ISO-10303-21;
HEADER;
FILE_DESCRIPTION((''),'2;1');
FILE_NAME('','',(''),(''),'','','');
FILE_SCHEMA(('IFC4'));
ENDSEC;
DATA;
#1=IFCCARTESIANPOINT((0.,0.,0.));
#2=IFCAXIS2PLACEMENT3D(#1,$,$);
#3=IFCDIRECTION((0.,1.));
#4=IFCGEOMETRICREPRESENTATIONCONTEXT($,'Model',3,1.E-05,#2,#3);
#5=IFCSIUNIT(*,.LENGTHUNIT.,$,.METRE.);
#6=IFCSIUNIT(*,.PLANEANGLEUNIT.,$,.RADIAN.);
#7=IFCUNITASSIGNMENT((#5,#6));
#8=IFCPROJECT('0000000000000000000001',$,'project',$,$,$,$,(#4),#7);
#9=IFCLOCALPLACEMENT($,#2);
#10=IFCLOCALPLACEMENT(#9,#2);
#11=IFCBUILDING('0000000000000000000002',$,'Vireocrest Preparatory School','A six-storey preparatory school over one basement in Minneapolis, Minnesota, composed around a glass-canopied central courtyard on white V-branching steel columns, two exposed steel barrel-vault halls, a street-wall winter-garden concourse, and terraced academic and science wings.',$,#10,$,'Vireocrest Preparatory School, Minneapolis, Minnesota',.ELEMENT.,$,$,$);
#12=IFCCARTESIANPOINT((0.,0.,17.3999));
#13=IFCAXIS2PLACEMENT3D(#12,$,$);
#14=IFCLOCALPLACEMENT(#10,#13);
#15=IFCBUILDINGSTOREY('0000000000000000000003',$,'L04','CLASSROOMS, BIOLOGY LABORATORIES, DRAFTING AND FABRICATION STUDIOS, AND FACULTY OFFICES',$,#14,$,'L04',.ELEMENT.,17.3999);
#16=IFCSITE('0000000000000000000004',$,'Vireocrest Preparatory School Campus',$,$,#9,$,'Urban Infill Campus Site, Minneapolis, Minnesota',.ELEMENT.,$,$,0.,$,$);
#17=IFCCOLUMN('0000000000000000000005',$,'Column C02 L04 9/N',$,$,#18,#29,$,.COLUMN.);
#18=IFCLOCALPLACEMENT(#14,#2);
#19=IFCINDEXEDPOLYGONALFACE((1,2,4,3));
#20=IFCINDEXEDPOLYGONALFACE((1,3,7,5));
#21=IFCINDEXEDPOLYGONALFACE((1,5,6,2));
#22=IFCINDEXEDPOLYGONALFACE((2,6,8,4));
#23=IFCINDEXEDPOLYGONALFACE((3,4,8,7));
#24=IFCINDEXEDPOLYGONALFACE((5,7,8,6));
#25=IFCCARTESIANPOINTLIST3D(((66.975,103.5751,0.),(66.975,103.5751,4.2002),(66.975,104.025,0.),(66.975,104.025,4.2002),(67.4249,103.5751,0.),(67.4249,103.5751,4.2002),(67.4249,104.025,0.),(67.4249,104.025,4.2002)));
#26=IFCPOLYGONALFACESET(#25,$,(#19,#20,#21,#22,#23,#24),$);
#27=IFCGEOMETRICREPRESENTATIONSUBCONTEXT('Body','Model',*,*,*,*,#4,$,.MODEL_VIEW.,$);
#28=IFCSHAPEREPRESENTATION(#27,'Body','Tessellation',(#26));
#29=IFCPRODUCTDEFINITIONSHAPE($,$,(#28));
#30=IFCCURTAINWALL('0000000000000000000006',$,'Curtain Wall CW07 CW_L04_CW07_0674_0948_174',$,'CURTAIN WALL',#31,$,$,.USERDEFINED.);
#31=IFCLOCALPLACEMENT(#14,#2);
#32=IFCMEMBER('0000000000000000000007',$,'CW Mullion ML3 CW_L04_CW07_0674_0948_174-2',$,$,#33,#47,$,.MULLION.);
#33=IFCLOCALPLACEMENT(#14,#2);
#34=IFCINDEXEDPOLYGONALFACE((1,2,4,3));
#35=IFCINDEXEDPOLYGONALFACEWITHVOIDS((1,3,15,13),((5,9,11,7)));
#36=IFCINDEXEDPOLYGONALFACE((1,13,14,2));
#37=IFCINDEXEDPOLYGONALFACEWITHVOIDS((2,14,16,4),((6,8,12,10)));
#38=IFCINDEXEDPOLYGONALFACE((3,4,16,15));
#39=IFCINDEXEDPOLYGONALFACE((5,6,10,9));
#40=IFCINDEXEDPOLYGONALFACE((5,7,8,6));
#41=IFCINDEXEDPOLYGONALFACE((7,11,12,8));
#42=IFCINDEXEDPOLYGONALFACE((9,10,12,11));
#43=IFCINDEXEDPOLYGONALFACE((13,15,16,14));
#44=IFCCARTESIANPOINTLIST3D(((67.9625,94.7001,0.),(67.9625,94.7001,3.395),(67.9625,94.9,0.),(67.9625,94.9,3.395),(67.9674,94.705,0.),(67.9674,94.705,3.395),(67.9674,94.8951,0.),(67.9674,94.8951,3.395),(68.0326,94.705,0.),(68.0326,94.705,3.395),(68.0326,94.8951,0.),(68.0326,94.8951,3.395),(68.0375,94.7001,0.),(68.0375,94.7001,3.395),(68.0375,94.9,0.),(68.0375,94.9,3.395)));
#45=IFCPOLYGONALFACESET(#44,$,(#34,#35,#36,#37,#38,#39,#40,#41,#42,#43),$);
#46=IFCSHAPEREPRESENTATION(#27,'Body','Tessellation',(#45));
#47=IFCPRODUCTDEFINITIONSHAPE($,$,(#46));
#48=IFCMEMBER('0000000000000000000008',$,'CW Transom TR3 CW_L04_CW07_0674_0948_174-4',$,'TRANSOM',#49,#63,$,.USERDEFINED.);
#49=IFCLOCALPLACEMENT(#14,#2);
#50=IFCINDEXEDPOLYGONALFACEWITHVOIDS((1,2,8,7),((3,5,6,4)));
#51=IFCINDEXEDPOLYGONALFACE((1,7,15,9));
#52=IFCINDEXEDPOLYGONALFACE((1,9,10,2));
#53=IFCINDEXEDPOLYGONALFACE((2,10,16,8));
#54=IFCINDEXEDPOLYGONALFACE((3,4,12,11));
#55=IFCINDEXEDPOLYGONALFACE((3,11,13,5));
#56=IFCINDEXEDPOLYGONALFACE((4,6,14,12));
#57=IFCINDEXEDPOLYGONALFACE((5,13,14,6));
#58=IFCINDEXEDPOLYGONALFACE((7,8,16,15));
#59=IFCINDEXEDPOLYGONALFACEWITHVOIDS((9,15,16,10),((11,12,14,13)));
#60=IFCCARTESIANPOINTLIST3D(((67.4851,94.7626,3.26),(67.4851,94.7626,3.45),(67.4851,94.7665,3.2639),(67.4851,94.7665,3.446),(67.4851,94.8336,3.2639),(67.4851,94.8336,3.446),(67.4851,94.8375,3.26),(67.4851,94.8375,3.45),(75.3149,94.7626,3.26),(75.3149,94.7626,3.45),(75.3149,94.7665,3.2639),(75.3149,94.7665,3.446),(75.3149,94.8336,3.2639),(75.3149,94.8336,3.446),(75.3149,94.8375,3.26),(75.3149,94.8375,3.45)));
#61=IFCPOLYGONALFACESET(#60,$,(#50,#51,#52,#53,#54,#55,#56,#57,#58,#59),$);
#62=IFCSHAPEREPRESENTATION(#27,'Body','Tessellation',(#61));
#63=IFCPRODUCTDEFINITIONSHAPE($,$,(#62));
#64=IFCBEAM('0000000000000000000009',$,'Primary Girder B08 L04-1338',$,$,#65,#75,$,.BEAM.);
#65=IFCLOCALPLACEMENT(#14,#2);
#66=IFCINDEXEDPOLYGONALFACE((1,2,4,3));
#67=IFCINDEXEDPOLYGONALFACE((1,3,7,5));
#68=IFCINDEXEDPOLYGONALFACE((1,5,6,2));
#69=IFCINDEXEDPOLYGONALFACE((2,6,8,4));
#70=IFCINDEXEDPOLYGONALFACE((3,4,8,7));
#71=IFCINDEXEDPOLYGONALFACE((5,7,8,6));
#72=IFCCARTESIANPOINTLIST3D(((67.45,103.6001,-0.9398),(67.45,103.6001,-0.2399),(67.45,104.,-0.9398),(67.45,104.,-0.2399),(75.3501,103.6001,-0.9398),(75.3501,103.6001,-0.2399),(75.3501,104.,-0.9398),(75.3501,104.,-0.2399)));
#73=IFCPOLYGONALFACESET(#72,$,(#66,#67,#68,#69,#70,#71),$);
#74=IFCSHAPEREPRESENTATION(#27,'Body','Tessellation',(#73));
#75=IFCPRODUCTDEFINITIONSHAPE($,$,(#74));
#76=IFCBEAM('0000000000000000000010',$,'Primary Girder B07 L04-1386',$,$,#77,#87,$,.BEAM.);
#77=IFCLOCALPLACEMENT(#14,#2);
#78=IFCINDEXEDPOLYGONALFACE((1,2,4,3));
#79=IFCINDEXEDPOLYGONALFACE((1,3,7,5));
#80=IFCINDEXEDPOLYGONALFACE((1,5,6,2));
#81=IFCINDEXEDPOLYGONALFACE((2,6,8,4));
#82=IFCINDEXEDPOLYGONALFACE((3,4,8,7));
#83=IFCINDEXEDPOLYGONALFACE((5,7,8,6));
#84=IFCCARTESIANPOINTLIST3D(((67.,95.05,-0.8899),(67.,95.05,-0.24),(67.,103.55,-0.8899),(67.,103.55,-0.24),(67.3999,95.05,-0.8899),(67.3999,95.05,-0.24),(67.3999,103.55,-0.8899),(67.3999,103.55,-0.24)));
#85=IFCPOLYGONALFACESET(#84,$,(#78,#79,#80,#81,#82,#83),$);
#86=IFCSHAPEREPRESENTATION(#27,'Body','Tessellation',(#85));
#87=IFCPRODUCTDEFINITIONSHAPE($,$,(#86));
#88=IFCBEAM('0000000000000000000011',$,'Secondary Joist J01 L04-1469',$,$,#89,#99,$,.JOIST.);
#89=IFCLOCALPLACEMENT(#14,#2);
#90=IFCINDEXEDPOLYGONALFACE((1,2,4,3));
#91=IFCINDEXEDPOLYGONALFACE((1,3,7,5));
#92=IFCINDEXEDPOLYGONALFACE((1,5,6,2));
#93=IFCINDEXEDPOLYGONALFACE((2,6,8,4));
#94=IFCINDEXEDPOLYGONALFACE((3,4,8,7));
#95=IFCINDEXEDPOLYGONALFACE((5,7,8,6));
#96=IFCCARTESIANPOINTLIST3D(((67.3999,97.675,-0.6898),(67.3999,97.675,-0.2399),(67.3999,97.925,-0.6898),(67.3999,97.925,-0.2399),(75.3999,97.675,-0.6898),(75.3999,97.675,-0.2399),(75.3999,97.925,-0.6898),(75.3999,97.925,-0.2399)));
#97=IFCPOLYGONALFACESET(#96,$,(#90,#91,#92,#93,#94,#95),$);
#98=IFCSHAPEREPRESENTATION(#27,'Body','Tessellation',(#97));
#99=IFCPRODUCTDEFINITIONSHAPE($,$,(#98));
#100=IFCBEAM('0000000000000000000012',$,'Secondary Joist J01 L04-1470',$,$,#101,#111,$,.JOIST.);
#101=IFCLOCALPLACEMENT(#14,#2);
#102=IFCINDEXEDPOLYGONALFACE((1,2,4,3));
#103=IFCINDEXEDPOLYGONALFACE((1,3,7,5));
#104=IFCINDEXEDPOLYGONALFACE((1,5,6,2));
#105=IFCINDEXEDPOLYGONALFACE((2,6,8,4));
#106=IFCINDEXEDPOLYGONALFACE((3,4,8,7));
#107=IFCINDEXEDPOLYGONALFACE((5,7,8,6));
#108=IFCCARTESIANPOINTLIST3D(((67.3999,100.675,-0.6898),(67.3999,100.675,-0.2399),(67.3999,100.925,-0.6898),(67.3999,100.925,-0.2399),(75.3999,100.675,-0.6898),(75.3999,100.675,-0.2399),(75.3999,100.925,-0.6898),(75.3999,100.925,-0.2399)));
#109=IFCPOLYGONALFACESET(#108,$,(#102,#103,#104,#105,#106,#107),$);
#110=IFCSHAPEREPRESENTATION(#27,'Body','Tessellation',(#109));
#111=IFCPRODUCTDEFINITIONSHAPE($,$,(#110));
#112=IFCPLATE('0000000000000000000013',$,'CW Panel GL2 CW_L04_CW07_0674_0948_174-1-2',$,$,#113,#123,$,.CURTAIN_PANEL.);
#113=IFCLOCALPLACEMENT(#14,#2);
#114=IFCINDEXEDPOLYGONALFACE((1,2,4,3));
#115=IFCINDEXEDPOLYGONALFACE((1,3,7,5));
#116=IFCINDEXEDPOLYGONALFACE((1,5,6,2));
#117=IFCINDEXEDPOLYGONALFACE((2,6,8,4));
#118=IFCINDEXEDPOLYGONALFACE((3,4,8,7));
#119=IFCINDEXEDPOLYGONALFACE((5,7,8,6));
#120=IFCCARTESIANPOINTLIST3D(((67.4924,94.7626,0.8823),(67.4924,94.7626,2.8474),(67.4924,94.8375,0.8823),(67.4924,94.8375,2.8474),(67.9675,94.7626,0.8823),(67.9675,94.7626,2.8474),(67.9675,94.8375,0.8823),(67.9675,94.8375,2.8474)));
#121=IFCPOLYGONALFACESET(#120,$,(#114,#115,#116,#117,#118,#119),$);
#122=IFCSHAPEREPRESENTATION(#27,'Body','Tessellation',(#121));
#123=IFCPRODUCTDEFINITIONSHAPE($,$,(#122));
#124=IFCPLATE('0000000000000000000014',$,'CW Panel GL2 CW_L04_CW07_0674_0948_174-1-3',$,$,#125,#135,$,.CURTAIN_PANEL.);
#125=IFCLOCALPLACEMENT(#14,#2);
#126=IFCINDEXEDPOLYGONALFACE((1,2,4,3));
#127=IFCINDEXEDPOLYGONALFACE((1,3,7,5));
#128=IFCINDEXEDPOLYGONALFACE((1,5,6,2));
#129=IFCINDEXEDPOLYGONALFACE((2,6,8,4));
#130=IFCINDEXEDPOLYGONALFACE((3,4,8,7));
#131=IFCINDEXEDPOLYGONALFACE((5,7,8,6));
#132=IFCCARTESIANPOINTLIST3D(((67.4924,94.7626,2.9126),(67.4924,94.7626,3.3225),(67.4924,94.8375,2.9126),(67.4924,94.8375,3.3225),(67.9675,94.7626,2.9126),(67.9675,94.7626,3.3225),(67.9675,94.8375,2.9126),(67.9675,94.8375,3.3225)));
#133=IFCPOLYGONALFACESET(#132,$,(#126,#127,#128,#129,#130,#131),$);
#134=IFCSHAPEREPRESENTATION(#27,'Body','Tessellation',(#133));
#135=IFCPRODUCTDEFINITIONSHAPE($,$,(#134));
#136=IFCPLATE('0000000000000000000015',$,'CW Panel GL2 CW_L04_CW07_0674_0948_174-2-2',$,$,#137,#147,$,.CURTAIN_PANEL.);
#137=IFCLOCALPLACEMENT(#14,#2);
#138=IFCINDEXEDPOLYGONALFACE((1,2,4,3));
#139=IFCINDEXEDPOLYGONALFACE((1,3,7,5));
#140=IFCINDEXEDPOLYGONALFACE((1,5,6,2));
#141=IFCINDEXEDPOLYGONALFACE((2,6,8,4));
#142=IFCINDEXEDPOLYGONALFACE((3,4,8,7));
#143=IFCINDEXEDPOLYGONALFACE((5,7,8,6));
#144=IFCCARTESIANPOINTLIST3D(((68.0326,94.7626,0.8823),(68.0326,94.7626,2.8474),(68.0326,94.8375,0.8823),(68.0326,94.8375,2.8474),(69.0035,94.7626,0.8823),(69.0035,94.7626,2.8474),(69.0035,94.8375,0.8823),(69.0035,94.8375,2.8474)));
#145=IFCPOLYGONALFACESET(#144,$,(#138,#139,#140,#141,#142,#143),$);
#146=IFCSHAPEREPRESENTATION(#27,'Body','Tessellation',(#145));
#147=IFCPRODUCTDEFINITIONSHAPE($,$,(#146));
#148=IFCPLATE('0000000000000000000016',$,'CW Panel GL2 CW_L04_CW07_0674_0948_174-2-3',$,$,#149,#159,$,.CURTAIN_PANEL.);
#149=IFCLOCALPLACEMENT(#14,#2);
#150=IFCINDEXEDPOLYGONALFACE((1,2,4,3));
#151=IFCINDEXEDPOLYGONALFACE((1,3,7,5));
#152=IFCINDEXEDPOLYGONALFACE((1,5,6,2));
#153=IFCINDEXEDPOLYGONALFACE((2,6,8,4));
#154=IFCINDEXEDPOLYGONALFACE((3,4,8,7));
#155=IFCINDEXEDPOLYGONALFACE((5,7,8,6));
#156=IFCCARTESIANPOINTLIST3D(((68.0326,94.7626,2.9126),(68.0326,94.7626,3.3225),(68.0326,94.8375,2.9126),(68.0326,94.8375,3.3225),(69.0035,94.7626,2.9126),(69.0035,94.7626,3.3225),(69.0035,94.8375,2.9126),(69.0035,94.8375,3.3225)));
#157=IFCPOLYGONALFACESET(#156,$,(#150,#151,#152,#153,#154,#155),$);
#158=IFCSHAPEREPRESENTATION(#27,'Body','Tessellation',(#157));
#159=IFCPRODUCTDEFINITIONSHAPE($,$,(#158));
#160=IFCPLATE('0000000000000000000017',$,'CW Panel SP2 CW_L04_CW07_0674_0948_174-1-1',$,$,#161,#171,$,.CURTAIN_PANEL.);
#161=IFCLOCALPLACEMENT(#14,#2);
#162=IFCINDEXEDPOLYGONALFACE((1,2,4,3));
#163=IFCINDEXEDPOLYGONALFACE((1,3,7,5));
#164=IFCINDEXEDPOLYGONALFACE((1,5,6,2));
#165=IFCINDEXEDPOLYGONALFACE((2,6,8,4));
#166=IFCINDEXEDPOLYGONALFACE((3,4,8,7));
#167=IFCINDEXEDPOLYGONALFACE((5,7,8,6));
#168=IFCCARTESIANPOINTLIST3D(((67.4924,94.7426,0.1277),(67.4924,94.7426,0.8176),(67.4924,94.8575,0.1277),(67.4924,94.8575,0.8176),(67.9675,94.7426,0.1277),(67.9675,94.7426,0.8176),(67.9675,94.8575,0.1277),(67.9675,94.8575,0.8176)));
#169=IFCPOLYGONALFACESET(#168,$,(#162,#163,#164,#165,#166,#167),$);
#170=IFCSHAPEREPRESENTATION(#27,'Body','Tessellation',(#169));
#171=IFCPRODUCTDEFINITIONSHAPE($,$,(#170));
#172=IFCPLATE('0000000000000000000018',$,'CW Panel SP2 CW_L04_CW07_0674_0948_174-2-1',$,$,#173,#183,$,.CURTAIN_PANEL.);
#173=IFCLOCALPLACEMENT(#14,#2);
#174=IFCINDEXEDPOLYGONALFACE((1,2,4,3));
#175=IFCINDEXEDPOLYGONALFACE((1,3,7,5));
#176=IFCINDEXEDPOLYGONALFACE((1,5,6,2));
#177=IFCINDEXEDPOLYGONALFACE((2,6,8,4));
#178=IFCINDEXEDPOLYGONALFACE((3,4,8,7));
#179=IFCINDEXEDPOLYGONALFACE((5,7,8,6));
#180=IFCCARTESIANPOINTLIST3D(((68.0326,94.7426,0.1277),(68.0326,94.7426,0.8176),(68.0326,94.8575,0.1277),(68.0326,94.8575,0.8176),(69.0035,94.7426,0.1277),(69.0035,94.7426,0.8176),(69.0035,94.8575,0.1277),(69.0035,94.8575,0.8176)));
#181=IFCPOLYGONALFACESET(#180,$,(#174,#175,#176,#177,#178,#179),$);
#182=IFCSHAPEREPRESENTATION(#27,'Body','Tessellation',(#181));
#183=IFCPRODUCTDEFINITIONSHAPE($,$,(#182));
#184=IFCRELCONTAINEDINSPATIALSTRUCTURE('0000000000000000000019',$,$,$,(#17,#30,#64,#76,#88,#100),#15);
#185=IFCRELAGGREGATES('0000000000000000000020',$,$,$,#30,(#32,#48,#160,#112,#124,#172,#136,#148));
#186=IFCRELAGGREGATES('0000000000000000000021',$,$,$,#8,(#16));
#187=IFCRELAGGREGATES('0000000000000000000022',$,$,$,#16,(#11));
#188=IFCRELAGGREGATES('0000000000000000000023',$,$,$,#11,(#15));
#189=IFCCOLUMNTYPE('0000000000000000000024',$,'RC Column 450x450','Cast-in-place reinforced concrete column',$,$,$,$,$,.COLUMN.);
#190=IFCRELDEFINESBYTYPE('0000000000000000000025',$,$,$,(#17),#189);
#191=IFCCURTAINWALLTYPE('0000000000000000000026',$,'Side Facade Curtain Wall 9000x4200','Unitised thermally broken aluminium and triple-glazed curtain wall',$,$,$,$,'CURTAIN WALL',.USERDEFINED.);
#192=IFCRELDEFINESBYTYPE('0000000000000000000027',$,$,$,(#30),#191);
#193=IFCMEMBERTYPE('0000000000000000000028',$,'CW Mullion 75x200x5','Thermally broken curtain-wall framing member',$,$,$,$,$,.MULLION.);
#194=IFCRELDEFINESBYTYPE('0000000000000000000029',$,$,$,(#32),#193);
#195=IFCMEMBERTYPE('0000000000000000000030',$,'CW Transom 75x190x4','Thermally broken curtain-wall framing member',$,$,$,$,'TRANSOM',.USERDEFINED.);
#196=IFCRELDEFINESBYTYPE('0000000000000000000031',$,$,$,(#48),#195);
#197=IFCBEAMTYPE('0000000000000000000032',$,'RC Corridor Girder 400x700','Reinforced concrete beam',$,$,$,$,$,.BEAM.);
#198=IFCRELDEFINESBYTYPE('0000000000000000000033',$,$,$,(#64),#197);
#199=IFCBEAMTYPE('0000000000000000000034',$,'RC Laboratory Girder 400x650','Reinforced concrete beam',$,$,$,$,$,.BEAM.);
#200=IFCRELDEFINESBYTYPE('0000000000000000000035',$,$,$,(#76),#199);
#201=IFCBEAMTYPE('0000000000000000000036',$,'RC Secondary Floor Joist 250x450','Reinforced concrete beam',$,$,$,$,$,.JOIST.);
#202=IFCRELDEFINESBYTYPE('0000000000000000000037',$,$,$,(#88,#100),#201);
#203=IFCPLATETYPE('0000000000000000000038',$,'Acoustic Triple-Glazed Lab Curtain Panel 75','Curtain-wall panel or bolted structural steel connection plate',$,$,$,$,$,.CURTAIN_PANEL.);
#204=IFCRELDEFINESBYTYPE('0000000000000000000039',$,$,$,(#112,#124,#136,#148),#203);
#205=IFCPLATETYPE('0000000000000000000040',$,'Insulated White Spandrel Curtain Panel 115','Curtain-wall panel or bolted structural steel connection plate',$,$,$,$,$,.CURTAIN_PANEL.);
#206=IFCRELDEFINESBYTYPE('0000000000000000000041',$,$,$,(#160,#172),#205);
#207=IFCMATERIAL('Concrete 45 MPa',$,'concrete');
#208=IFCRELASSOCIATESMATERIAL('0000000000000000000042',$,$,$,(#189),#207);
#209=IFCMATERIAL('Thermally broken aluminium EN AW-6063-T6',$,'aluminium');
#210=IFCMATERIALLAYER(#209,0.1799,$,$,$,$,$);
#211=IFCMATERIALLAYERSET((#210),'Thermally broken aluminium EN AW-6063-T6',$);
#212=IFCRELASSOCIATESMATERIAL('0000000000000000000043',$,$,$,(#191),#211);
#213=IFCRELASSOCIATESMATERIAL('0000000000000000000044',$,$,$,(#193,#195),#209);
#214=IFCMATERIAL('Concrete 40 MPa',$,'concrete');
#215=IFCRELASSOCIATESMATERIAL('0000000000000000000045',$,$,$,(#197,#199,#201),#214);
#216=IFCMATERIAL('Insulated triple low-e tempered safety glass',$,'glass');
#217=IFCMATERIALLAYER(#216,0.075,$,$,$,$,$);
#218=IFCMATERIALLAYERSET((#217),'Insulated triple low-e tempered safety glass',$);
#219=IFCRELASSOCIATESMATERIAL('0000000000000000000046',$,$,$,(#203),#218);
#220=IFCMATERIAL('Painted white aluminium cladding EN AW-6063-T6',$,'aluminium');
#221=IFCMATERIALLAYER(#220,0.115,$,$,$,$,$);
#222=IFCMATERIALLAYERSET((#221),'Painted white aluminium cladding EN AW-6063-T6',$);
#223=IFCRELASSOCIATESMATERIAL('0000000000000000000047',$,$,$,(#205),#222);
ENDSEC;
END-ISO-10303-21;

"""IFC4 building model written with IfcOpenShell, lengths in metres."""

from ifc_helpers import new_model, si_unit, direction, frame, origin, origin_2d, place, context, subcontext, project, spatial, rectangle, hollow_rectangle, extrude, material, layer, layer_set, material_profile, profile_set, type_object, element, aggregate, save


model = new_model("IFC4")

# Units and contexts
model_context = context("Model", 3, precision=1e-05, world=origin(), true_north=direction((0.0, 1.0)))
body_context = subcontext(model_context, "Body", "Model", "MODEL_VIEW")
ifc_project = project(units=[si_unit("LENGTHUNIT", "METRE"), si_unit("PLANEANGLEUNIT", "RADIAN")], contexts=[model_context])

# Site, building, storey
site_placement = place(None, origin())
site = spatial("IfcSite", under=ifc_project, at=site_placement, Name="Vireocrest Preparatory School Campus", LongName="Urban Infill Campus Site, Minneapolis, Minnesota", CompositionType="ELEMENT", RefElevation=0.0)
building_placement = place(site_placement, origin())
building = spatial("IfcBuilding", under=site, at=building_placement, Name="Vireocrest Preparatory School", Description="A six-storey preparatory school over one basement in Minneapolis, Minnesota, composed around a glass-canopied central courtyard on white V-branching steel columns, two exposed steel barrel-vault halls, a street-wall winter-garden concourse, and terraced academic and science wings.", LongName="Vireocrest Preparatory School, Minneapolis, Minnesota", CompositionType="ELEMENT")
storey_placement = place(building_placement, frame((0.0, 0.0, 17.3999)))
storey = spatial("IfcBuildingStorey", under=building, at=storey_placement, Name="L04", Description="CLASSROOMS, BIOLOGY LABORATORIES, DRAFTING AND FABRICATION STUDIOS, AND FACULTY OFFICES", LongName="L04", CompositionType="ELEMENT", Elevation=17.3999)

# Column
ifc_material_1 = material(Name="Concrete 45 MPa", Category="concrete")
ifc_material_profile_1 = material_profile(ifc_material_1, rectangle(XDim=0.45, YDim=0.45, at=origin_2d()), Name="RC 450x450")
ifc_profile_set_1 = profile_set([ifc_material_profile_1], Name="Concrete 45 MPa")
column_type = type_object("IfcColumnType", Name="RC Column 450x450", Description="Cast-in-place reinforced concrete column", PredefinedType="COLUMN", material=ifc_profile_set_1)
column_placement = place(storey_placement, frame((67.2, 103.8, 0.0), z_axis=(0.0, 0.0, 1.0), x_axis=(1.0, 0.0, 0.0)))
element("IfcColumn", 1, at=column_placement, inside=storey, type_object=column_type, Name="Column C02 L04 9/N", PredefinedType="COLUMN", context=body_context, shape_type="SweptSolid", body=[
    extrude(rectangle(XDim=0.45, YDim=0.45, at=origin_2d()), origin(), (0.0, 0.0, 1.0), 4.2002),
])

# Curtain wall, members
ifc_material_2 = material(Name="Thermally broken aluminium EN AW-6063-T6", Category="aluminium")
ifc_layer_1 = layer(ifc_material_2, 0.1799)
ifc_layer_set_1 = layer_set([ifc_layer_1], Name="Thermally broken aluminium EN AW-6063-T6")
curtain_wall_type = type_object("IfcCurtainWallType", Name="Side Facade Curtain Wall 9000x4200", Description="Unitised thermally broken aluminium and triple-glazed curtain wall", ElementType="CURTAIN WALL", PredefinedType="USERDEFINED", material=ifc_layer_set_1)
curtain_wall_placement = place(storey_placement, origin())
curtain_wall = element("IfcCurtainWall", 2, at=curtain_wall_placement, inside=storey, type_object=curtain_wall_type, Name="Curtain Wall CW07 CW_L04_CW07_0674_0948_174", ObjectType="CURTAIN WALL", PredefinedType="USERDEFINED")
ifc_material_profile_2 = material_profile(ifc_material_2, hollow_rectangle(XDim=0.075, YDim=0.2, WallThickness=0.0049, at=origin_2d()), Name="ALU 75x200x5")
ifc_profile_set_2 = profile_set([ifc_material_profile_2], Name="Thermally broken aluminium EN AW-6063-T6")
member_type_1 = type_object("IfcMemberType", Name="CW Mullion 75x200x5", Description="Thermally broken curtain-wall framing member", PredefinedType="MULLION", material=ifc_profile_set_2)
member_1_placement = place(storey_placement, frame((68.0, 94.8, 0.0), z_axis=(0.0, 0.0, 1.0), x_axis=(1.0, 0.0, 0.0)))
member_1 = element("IfcMember", 3, at=member_1_placement, type_object=member_type_1, Name="CW Mullion ML3 CW_L04_CW07_0674_0948_174-2", PredefinedType="MULLION", context=body_context, shape_type="SweptSolid", body=[
    extrude(hollow_rectangle(XDim=0.075, YDim=0.2, WallThickness=0.0049, at=origin_2d()), origin(), (0.0, 0.0, 1.0), 3.395),
])
ifc_material_profile_3 = material_profile(ifc_material_2, hollow_rectangle(XDim=0.075, YDim=0.1899, WallThickness=0.0039, at=origin_2d()), Name="ALU 75x190x4")
ifc_profile_set_3 = profile_set([ifc_material_profile_3], Name="Thermally broken aluminium EN AW-6063-T6")
member_type_2 = type_object("IfcMemberType", Name="CW Transom 75x190x4", Description="Thermally broken curtain-wall framing member", ElementType="TRANSOM", PredefinedType="USERDEFINED", material=ifc_profile_set_3)
member_2_placement = place(storey_placement, frame((67.4851, 94.8, 3.355), z_axis=(1.0, 0.0, 0.0), x_axis=(0.0, 1.0, 0.0)))
member_2 = element("IfcMember", 4, at=member_2_placement, type_object=member_type_2, Name="CW Transom TR3 CW_L04_CW07_0674_0948_174-4", ObjectType="TRANSOM", PredefinedType="USERDEFINED", context=body_context, shape_type="SweptSolid", body=[
    extrude(hollow_rectangle(XDim=0.075, YDim=0.1899, WallThickness=0.0039, at=origin_2d()), origin(), (0.0, 0.0, 1.0), 7.8298),
])

# Beams
ifc_material_3 = material(Name="Concrete 40 MPa", Category="concrete")
ifc_material_profile_4 = material_profile(ifc_material_3, rectangle(XDim=0.3999, YDim=0.7, at=origin_2d()), Name="RC 400x700")
ifc_profile_set_4 = profile_set([ifc_material_profile_4], Name="Concrete 40 MPa")
beam_type_1 = type_object("IfcBeamType", Name="RC Corridor Girder 400x700", Description="Reinforced concrete beam", PredefinedType="BEAM", material=ifc_profile_set_4)
beam_1_placement = place(storey_placement, frame((67.45, 103.8, -0.5898), z_axis=(1.0, 0.0, 0.0), x_axis=(0.0, 1.0, 0.0)))
element("IfcBeam", 5, at=beam_1_placement, inside=storey, type_object=beam_type_1, Name="Primary Girder B08 L04-1338", PredefinedType="BEAM", context=body_context, shape_type="SweptSolid", body=[
    extrude(rectangle(XDim=0.3999, YDim=0.7, at=origin_2d()), origin(), (0.0, 0.0, 1.0), 7.9001),
])
ifc_material_profile_5 = material_profile(ifc_material_3, rectangle(XDim=0.3999, YDim=0.6499, at=origin_2d()), Name="RC 400x650")
ifc_profile_set_5 = profile_set([ifc_material_profile_5], Name="Concrete 40 MPa")
beam_type_2 = type_object("IfcBeamType", Name="RC Laboratory Girder 400x650", Description="Reinforced concrete beam", PredefinedType="BEAM", material=ifc_profile_set_5)
beam_2_placement = place(storey_placement, frame((67.2, 95.05, -0.5649), z_axis=(0.0, 1.0, 0.0), x_axis=(-1.0, 0.0, 0.0)))
element("IfcBeam", 6, at=beam_2_placement, inside=storey, type_object=beam_type_2, Name="Primary Girder B07 L04-1386", PredefinedType="BEAM", context=body_context, shape_type="SweptSolid", body=[
    extrude(rectangle(XDim=0.3999, YDim=0.6499, at=origin_2d()), origin(), (0.0, 0.0, 1.0), 8.5),
])
ifc_material_profile_6 = material_profile(ifc_material_3, rectangle(XDim=0.25, YDim=0.45, at=origin_2d()), Name="RC 250x450")
ifc_profile_set_6 = profile_set([ifc_material_profile_6], Name="Concrete 40 MPa")
beam_type_3 = type_object("IfcBeamType", Name="RC Secondary Floor Joist 250x450", Description="Reinforced concrete beam", PredefinedType="JOIST", material=ifc_profile_set_6)
for number, where, z_axis, x_axis, name in (
    (7, (67.3999, 97.8, -0.4648), (1.0, 0.0, 0.0), (0.0, 1.0, 0.0), "Secondary Joist J01 L04-1469"),
    (8, (67.3999, 100.8, -0.4648), (1.0, 0.0, 0.0), (0.0, 1.0, 0.0), "Secondary Joist J01 L04-1470"),
):
    element("IfcBeam", number, at=place(storey_placement, frame(where, z_axis=z_axis, x_axis=x_axis)), inside=storey, type_object=beam_type_3, Name=name, PredefinedType="JOIST", context=body_context, shape_type="SweptSolid", body=[
        extrude(rectangle(XDim=0.25, YDim=0.45, at=origin_2d()), origin(), (0.0, 0.0, 1.0), 8.0),
    ])

# Plates
ifc_material_4 = material(Name="Insulated triple low-e tempered safety glass", Category="glass")
ifc_layer_2 = layer(ifc_material_4, 0.075)
ifc_layer_set_2 = layer_set([ifc_layer_2], Name="Insulated triple low-e tempered safety glass")
plate_type_1 = type_object("IfcPlateType", Name="Acoustic Triple-Glazed Lab Curtain Panel 75", Description="Curtain-wall panel or bolted structural steel connection plate", PredefinedType="CURTAIN_PANEL", material=ifc_layer_set_2)
plate_1_placement = place(storey_placement, frame((67.73, 94.8, 0.8823), z_axis=(0.0, 0.0, 1.0), x_axis=(1.0, 0.0, 0.0)))
plate_1 = element("IfcPlate", 9, at=plate_1_placement, type_object=plate_type_1, Name="CW Panel GL2 CW_L04_CW07_0674_0948_174-1-2", PredefinedType="CURTAIN_PANEL", context=body_context, shape_type="SweptSolid", body=[
    extrude(rectangle(XDim=0.4751, YDim=0.075, at=origin_2d()), origin(), (0.0, 0.0, 1.0), 1.9651),
])
plate_2_placement = place(storey_placement, frame((67.73, 94.8, 2.9126), z_axis=(0.0, 0.0, 1.0), x_axis=(1.0, 0.0, 0.0)))
plate_2 = element("IfcPlate", 10, at=plate_2_placement, type_object=plate_type_1, Name="CW Panel GL2 CW_L04_CW07_0674_0948_174-1-3", PredefinedType="CURTAIN_PANEL", context=body_context, shape_type="SweptSolid", body=[
    extrude(rectangle(XDim=0.4751, YDim=0.075, at=origin_2d()), origin(), (0.0, 0.0, 1.0), 0.4099),
])
plate_3_placement = place(storey_placement, frame((68.5181, 94.8, 0.8823), z_axis=(0.0, 0.0, 1.0), x_axis=(1.0, 0.0, 0.0)))
plate_3 = element("IfcPlate", 11, at=plate_3_placement, type_object=plate_type_1, Name="CW Panel GL2 CW_L04_CW07_0674_0948_174-2-2", PredefinedType="CURTAIN_PANEL", context=body_context, shape_type="SweptSolid", body=[
    extrude(rectangle(XDim=0.9709, YDim=0.075, at=origin_2d()), origin(), (0.0, 0.0, 1.0), 1.9651),
])
plate_4_placement = place(storey_placement, frame((68.5181, 94.8, 2.9126), z_axis=(0.0, 0.0, 1.0), x_axis=(1.0, 0.0, 0.0)))
plate_4 = element("IfcPlate", 12, at=plate_4_placement, type_object=plate_type_1, Name="CW Panel GL2 CW_L04_CW07_0674_0948_174-2-3", PredefinedType="CURTAIN_PANEL", context=body_context, shape_type="SweptSolid", body=[
    extrude(rectangle(XDim=0.9709, YDim=0.075, at=origin_2d()), origin(), (0.0, 0.0, 1.0), 0.4099),
])
ifc_material_5 = material(Name="Painted white aluminium cladding EN AW-6063-T6", Category="aluminium")
ifc_layer_3 = layer(ifc_material_5, 0.115)
ifc_layer_set_3 = layer_set([ifc_layer_3], Name="Painted white aluminium cladding EN AW-6063-T6")
plate_type_2 = type_object("IfcPlateType", Name="Insulated White Spandrel Curtain Panel 115", Description="Curtain-wall panel or bolted structural steel connection plate", PredefinedType="CURTAIN_PANEL", material=ifc_layer_set_3)
plate_5_placement = place(storey_placement, frame((67.73, 94.8, 0.1277), z_axis=(0.0, 0.0, 1.0), x_axis=(1.0, 0.0, 0.0)))
plate_5 = element("IfcPlate", 13, at=plate_5_placement, type_object=plate_type_2, Name="CW Panel SP2 CW_L04_CW07_0674_0948_174-1-1", PredefinedType="CURTAIN_PANEL", context=body_context, shape_type="SweptSolid", body=[
    extrude(rectangle(XDim=0.4751, YDim=0.115, at=origin_2d()), origin(), (0.0, 0.0, 1.0), 0.6899),
])
plate_6_placement = place(storey_placement, frame((68.5181, 94.8, 0.1277), z_axis=(0.0, 0.0, 1.0), x_axis=(1.0, 0.0, 0.0)))
plate_6 = element("IfcPlate", 14, at=plate_6_placement, type_object=plate_type_2, Name="CW Panel SP2 CW_L04_CW07_0674_0948_174-2-1", PredefinedType="CURTAIN_PANEL", context=body_context, shape_type="SweptSolid", body=[
    extrude(rectangle(XDim=0.9709, YDim=0.115, at=origin_2d()), origin(), (0.0, 0.0, 1.0), 0.6899),
])
aggregate(curtain_wall, [member_1, member_2, plate_5, plate_1, plate_2, plate_6, plate_3, plate_4])

save(model, "model.ifc")
